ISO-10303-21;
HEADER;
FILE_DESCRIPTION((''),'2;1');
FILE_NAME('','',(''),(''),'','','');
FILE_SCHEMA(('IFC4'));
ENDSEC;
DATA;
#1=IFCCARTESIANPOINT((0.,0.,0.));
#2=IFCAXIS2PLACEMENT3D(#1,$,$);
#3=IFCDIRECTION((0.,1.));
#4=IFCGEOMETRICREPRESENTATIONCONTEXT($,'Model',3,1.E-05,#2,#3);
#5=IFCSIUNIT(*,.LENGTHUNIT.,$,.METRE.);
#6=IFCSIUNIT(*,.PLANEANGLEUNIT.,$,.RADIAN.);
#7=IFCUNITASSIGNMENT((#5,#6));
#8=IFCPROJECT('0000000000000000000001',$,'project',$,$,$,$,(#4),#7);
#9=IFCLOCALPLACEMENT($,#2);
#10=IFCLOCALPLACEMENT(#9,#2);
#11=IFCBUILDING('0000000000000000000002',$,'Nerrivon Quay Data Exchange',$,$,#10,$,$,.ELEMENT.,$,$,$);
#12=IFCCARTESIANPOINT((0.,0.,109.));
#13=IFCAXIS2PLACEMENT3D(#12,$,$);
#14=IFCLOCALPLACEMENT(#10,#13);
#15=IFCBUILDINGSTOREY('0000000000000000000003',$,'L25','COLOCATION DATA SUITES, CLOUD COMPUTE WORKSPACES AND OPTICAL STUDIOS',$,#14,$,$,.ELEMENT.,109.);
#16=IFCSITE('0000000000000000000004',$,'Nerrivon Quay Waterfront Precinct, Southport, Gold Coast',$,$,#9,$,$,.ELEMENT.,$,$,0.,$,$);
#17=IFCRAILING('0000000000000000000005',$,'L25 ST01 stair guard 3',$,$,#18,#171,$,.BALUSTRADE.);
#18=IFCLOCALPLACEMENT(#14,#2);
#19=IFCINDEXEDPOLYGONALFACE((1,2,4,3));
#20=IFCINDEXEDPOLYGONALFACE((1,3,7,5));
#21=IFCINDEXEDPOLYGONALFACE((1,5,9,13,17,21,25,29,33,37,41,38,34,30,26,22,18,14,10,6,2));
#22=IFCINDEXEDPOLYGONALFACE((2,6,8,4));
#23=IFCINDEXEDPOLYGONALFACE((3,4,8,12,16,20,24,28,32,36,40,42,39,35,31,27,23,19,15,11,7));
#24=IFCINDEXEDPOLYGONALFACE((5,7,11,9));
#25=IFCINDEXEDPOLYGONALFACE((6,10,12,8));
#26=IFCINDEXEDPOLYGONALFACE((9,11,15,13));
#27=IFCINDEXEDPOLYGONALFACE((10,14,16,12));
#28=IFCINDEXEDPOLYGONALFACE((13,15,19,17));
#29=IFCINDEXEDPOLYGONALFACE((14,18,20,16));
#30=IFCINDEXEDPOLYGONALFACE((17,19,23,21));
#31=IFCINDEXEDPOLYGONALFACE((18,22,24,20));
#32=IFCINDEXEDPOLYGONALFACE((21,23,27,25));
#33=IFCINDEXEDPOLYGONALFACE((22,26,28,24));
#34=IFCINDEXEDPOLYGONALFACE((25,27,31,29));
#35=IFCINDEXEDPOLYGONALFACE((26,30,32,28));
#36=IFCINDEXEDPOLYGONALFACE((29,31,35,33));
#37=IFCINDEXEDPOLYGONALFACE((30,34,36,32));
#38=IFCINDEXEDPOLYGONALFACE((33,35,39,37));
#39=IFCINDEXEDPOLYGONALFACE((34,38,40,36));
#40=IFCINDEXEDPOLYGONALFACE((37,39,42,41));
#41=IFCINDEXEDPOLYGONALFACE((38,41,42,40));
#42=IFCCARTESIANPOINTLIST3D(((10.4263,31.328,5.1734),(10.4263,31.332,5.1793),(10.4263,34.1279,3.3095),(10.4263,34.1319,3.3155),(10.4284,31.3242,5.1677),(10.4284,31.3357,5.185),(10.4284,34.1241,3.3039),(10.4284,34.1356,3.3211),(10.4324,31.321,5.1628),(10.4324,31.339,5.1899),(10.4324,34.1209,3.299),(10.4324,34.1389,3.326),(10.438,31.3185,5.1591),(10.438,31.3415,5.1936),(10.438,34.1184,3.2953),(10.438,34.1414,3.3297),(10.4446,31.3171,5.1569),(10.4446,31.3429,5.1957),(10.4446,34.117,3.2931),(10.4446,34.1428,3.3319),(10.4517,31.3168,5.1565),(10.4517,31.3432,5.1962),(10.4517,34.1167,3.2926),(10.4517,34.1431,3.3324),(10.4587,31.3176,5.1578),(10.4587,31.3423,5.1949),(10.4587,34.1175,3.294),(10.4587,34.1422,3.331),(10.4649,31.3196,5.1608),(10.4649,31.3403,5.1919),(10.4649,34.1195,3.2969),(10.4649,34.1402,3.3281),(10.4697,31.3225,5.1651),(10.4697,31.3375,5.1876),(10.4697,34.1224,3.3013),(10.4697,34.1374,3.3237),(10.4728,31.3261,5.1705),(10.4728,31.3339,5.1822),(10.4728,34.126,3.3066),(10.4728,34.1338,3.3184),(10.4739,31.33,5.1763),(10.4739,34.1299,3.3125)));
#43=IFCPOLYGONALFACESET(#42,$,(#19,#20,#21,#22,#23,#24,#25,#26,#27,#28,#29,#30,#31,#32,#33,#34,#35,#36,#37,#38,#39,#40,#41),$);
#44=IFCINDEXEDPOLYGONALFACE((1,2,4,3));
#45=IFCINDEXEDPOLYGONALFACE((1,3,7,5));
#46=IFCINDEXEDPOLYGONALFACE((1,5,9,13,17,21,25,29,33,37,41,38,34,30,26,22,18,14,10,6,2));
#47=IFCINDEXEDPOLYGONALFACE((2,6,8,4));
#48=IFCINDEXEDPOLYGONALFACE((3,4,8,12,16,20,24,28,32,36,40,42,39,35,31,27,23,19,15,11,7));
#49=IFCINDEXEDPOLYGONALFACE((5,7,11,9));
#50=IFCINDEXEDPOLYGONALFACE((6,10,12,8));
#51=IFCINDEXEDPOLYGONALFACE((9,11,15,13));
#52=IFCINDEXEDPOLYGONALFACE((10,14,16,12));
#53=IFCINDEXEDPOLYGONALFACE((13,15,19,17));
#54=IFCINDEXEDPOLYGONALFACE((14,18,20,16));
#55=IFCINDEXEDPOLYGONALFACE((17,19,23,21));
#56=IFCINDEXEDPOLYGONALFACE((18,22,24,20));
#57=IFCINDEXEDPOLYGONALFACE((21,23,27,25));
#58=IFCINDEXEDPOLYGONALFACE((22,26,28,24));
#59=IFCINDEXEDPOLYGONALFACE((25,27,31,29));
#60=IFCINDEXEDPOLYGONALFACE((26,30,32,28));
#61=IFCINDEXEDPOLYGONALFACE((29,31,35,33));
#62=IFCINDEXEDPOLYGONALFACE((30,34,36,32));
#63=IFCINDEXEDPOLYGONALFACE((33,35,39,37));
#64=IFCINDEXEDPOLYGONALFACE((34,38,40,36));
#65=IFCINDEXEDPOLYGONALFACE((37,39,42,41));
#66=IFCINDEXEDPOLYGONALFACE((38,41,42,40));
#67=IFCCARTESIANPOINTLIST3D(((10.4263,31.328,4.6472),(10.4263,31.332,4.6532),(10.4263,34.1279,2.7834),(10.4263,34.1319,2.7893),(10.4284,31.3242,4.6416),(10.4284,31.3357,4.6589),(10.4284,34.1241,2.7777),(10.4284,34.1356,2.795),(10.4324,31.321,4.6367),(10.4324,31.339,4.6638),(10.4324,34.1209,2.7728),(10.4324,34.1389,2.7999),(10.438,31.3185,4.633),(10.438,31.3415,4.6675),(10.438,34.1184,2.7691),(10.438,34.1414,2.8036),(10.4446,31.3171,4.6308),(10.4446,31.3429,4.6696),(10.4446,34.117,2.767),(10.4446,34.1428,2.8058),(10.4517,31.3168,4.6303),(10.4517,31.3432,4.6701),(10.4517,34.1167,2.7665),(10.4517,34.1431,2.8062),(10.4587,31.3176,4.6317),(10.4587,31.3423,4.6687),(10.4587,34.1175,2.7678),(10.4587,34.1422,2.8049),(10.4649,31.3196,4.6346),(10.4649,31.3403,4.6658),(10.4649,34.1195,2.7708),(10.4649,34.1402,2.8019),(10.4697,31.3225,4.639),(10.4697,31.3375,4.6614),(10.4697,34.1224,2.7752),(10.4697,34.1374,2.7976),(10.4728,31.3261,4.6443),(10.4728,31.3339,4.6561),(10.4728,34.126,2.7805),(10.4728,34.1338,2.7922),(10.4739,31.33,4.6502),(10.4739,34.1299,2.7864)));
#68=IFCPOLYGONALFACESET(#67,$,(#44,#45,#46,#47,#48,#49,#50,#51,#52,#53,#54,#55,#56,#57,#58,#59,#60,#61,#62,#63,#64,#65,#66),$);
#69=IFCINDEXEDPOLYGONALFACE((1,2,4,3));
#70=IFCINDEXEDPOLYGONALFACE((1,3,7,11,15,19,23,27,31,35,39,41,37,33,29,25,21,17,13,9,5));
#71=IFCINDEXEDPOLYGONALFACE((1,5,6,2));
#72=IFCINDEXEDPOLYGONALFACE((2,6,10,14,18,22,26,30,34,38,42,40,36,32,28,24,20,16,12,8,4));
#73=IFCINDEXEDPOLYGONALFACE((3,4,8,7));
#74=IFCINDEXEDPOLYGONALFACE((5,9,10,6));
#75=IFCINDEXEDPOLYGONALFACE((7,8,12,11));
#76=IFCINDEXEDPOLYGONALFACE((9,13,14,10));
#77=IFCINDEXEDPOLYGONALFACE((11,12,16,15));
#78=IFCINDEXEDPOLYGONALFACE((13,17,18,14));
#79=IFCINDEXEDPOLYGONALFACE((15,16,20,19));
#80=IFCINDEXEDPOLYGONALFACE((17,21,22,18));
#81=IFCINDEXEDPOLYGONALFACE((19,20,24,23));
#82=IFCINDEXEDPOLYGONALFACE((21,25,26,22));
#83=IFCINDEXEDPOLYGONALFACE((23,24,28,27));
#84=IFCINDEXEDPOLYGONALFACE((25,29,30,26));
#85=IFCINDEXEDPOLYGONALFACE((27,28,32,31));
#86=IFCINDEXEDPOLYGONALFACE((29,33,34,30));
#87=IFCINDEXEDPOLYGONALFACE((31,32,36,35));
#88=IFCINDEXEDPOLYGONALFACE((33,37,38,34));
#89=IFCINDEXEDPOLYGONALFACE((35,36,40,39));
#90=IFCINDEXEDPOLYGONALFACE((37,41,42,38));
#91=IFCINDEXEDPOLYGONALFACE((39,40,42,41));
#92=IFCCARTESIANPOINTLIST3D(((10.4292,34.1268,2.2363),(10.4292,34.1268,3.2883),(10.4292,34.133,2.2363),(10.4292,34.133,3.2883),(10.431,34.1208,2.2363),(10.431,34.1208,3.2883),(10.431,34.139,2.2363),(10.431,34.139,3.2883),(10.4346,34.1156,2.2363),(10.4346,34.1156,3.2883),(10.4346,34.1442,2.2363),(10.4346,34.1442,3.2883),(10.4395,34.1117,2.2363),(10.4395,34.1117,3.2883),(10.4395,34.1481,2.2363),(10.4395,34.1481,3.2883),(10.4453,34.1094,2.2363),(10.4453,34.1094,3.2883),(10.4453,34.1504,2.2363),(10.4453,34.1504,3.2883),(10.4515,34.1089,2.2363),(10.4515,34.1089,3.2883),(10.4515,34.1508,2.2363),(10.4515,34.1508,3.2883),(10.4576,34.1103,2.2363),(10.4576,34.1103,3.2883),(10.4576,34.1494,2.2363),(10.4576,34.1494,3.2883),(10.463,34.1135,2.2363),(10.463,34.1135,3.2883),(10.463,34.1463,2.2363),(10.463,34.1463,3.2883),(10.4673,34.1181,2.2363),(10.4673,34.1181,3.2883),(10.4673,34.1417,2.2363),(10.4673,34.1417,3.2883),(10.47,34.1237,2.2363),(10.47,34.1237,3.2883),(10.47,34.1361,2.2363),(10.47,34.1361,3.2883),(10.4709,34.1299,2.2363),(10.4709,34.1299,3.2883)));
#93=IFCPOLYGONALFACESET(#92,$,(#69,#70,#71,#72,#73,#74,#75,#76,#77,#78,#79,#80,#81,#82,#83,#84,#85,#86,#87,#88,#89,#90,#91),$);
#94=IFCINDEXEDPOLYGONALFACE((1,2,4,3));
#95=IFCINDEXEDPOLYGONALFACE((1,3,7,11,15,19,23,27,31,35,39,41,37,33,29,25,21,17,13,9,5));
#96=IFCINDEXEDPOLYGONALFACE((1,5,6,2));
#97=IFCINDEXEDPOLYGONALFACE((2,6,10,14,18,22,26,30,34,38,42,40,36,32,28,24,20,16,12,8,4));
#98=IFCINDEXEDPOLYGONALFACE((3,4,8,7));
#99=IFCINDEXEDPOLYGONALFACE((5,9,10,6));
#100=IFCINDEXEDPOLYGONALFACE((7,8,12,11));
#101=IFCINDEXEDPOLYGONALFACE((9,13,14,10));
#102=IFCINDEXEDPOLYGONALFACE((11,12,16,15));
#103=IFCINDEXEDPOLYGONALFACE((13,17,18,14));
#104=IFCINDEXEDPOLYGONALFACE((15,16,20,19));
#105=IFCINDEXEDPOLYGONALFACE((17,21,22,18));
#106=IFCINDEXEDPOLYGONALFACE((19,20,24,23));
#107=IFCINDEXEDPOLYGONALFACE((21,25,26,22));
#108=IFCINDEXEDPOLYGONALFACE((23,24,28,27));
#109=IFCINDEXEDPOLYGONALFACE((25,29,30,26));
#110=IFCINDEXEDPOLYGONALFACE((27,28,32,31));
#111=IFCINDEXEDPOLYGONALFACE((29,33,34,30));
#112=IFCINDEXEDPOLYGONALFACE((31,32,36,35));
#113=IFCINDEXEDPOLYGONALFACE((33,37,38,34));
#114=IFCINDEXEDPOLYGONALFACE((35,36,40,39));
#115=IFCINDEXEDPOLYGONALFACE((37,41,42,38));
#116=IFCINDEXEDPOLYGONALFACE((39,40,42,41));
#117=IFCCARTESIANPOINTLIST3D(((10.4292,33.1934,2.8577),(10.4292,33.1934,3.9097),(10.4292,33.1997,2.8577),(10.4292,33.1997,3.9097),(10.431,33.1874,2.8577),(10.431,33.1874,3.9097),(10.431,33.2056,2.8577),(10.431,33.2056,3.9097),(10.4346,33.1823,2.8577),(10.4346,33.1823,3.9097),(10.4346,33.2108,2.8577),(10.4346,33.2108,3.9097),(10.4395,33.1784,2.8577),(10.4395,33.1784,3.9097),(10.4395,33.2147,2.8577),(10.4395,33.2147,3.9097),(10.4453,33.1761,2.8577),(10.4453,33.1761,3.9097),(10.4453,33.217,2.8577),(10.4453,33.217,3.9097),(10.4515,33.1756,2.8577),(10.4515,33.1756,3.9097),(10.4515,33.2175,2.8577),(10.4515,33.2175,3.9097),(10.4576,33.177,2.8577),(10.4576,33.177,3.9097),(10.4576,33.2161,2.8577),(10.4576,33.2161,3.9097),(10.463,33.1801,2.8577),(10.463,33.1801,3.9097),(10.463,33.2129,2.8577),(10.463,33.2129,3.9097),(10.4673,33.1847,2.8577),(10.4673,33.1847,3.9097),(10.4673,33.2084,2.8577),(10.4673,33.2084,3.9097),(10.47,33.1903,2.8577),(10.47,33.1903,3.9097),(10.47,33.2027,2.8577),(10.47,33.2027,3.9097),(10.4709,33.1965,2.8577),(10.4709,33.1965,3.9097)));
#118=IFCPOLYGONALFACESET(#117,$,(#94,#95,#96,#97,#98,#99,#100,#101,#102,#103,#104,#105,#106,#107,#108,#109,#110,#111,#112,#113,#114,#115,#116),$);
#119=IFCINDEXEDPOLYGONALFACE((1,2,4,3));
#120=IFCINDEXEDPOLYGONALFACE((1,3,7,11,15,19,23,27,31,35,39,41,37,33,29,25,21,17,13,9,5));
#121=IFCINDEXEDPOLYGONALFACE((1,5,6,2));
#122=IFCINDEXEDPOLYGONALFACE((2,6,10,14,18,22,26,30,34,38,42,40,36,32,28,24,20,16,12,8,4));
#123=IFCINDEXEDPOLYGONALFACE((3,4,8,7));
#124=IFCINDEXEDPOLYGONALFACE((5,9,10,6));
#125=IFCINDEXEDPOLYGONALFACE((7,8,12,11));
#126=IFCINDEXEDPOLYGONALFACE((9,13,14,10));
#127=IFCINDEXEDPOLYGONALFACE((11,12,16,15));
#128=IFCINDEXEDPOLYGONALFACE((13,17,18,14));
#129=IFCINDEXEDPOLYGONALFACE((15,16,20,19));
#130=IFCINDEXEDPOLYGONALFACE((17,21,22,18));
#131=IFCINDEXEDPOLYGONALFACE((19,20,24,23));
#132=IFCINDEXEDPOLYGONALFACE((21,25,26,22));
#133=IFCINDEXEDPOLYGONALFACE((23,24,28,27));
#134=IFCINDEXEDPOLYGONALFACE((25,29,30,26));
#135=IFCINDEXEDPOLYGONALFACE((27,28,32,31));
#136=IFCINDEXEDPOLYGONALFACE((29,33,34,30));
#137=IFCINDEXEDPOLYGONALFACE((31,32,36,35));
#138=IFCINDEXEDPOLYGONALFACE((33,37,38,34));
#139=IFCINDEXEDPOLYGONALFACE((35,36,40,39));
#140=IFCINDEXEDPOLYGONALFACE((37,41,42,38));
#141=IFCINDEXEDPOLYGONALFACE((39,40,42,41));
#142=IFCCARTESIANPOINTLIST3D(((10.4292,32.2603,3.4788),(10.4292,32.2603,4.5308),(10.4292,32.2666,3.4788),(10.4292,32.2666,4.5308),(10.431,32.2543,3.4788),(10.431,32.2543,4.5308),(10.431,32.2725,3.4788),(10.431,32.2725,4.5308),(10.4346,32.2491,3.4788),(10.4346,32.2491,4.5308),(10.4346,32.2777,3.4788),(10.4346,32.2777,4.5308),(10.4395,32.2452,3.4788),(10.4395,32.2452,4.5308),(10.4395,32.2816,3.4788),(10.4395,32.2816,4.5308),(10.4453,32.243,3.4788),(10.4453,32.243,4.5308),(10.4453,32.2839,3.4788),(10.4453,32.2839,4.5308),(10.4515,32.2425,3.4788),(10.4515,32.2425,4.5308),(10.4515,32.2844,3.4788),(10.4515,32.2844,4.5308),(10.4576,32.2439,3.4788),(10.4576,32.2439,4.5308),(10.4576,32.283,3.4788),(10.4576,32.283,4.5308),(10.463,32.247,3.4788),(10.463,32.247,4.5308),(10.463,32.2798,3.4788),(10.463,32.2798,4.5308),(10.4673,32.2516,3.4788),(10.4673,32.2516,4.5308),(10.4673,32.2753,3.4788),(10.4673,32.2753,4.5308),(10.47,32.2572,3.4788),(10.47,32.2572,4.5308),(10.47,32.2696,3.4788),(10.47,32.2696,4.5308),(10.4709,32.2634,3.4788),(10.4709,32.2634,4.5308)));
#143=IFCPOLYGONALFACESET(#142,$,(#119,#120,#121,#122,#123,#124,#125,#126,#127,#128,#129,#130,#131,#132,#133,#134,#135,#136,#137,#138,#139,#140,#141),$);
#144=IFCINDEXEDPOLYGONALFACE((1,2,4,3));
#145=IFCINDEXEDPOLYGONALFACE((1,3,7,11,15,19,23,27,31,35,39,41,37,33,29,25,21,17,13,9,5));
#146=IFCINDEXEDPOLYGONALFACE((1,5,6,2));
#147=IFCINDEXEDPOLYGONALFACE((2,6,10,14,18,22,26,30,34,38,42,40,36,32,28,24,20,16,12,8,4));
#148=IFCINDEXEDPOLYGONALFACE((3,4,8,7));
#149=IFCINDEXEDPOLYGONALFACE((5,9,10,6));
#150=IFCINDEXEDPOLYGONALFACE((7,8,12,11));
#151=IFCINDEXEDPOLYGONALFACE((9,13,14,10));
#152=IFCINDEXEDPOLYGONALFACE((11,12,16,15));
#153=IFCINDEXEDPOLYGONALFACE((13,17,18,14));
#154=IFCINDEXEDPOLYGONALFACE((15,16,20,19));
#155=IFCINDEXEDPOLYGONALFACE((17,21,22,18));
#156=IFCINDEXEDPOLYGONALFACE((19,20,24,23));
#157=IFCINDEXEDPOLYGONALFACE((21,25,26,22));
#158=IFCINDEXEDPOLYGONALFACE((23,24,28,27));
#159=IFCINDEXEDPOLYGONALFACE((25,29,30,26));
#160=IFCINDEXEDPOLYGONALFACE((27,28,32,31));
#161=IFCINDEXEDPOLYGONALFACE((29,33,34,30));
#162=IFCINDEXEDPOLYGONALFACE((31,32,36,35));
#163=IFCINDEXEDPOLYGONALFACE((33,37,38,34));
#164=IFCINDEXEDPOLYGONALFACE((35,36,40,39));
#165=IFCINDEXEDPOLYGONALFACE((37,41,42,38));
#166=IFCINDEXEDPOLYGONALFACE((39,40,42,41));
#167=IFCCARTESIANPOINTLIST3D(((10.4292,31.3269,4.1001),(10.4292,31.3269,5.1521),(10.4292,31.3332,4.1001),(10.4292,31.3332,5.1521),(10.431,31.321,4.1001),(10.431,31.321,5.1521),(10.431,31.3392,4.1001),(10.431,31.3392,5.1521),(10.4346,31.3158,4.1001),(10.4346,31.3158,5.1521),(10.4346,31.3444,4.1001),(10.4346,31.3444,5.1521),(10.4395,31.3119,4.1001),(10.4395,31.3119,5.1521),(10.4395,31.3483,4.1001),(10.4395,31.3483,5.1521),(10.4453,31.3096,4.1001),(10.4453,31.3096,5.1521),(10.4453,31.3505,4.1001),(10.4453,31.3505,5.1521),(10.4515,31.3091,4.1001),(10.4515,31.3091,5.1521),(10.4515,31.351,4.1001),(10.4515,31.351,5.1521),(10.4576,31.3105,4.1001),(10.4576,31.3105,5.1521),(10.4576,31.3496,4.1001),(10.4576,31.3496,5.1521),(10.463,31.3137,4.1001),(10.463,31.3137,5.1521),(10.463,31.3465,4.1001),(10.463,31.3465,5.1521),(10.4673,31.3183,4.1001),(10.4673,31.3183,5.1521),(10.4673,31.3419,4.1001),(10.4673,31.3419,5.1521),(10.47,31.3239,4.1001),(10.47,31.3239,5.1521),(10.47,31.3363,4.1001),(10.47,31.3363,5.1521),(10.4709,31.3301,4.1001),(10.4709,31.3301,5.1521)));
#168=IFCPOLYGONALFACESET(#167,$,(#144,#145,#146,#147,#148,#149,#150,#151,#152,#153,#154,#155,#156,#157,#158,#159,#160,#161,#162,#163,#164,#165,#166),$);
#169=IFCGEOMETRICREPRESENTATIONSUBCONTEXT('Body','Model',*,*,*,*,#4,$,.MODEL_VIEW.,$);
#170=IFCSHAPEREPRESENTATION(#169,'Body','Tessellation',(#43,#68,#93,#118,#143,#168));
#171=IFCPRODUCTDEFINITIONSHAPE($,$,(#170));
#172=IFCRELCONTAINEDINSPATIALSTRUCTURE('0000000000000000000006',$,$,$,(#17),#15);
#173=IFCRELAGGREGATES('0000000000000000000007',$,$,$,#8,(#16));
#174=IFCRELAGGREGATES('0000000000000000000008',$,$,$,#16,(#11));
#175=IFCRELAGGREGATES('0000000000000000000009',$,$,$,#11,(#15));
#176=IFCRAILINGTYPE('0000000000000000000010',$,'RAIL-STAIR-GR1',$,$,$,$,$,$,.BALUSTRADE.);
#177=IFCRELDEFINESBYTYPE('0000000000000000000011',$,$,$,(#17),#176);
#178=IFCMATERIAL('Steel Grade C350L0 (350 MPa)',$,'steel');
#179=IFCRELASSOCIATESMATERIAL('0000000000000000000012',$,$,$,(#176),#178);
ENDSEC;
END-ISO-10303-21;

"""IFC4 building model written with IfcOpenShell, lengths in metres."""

from ifc_helpers import new_model, si_unit, direction, frame, origin, origin_2d, place, context, subcontext, project, spatial, circle, extrude, material, type_object, element, save


model = new_model("IFC4")

# Units and contexts
model_context = context("Model", 3, precision=1e-05, world=origin(), true_north=direction((0.0, 1.0)))
body_context = subcontext(model_context, "Body", "Model", "MODEL_VIEW")
ifc_project = project(units=[si_unit("LENGTHUNIT", "METRE"), si_unit("PLANEANGLEUNIT", "RADIAN")], contexts=[model_context])

# Site, building, storey
site_placement = place(None, origin())
site = spatial("IfcSite", under=ifc_project, at=site_placement, Name="Nerrivon Quay Waterfront Precinct, Southport, Gold Coast", CompositionType="ELEMENT", RefElevation=0.0)
building_placement = place(site_placement, origin())
building = spatial("IfcBuilding", under=site, at=building_placement, Name="Nerrivon Quay Data Exchange", CompositionType="ELEMENT")
storey_placement = place(building_placement, frame((0.0, 0.0, 109.0)))
storey = spatial("IfcBuildingStorey", under=building, at=storey_placement, Name="L25", Description="COLOCATION DATA SUITES, CLOUD COMPUTE WORKSPACES AND OPTICAL STUDIOS", CompositionType="ELEMENT", Elevation=109.0)

# Railing
ifc_material_1 = material(Name="Steel Grade C350L0 (350 MPa)", Category="steel")
railing_type = type_object("IfcRailingType", Name="RAIL-STAIR-GR1", PredefinedType="BALUSTRADE", material=ifc_material_1)
railing_1_placement = place(storey_placement, frame((10.45, 34.1299, 2.2363)))
element("IfcRailing", 1, at=railing_1_placement, inside=storey, type_object=railing_type, Name="L25 ST01 stair guard 3", PredefinedType="BALUSTRADE", context=body_context, shape_type="SweptSolid", body=[
    extrude(circle(Radius=0.0239, at=origin_2d()), frame((0.0, 0.0, 1.0762), z_axis=(0.0, -0.83243, 0.554131), x_axis=(1.0, 0.0, 0.0)), (0.0, 0.0, 1.0), 3.3635),
    extrude(circle(Radius=0.0239, at=origin_2d()), frame((0.0, 0.0, 0.55), z_axis=(0.0, -0.83243, 0.554131), x_axis=(1.0, 0.0, 0.0)), (0.0, 0.0, 1.0), 3.3635),
    extrude(circle(Radius=0.021, at=origin_2d()), origin(), (0.0, 0.0, 1.0), 1.052),
    extrude(circle(Radius=0.021, at=origin_2d()), frame((0.0, -0.9333, 0.6213)), (0.0, 0.0, 1.0), 1.052),
    extrude(circle(Radius=0.021, at=origin_2d()), frame((0.0, -1.8665, 1.2424)), (0.0, 0.0, 1.0), 1.052),
    extrude(circle(Radius=0.021, at=origin_2d()), frame((0.0, -2.7998, 1.8638)), (0.0, 0.0, 1.0), 1.052),
])

save(model, "model.ifc")
